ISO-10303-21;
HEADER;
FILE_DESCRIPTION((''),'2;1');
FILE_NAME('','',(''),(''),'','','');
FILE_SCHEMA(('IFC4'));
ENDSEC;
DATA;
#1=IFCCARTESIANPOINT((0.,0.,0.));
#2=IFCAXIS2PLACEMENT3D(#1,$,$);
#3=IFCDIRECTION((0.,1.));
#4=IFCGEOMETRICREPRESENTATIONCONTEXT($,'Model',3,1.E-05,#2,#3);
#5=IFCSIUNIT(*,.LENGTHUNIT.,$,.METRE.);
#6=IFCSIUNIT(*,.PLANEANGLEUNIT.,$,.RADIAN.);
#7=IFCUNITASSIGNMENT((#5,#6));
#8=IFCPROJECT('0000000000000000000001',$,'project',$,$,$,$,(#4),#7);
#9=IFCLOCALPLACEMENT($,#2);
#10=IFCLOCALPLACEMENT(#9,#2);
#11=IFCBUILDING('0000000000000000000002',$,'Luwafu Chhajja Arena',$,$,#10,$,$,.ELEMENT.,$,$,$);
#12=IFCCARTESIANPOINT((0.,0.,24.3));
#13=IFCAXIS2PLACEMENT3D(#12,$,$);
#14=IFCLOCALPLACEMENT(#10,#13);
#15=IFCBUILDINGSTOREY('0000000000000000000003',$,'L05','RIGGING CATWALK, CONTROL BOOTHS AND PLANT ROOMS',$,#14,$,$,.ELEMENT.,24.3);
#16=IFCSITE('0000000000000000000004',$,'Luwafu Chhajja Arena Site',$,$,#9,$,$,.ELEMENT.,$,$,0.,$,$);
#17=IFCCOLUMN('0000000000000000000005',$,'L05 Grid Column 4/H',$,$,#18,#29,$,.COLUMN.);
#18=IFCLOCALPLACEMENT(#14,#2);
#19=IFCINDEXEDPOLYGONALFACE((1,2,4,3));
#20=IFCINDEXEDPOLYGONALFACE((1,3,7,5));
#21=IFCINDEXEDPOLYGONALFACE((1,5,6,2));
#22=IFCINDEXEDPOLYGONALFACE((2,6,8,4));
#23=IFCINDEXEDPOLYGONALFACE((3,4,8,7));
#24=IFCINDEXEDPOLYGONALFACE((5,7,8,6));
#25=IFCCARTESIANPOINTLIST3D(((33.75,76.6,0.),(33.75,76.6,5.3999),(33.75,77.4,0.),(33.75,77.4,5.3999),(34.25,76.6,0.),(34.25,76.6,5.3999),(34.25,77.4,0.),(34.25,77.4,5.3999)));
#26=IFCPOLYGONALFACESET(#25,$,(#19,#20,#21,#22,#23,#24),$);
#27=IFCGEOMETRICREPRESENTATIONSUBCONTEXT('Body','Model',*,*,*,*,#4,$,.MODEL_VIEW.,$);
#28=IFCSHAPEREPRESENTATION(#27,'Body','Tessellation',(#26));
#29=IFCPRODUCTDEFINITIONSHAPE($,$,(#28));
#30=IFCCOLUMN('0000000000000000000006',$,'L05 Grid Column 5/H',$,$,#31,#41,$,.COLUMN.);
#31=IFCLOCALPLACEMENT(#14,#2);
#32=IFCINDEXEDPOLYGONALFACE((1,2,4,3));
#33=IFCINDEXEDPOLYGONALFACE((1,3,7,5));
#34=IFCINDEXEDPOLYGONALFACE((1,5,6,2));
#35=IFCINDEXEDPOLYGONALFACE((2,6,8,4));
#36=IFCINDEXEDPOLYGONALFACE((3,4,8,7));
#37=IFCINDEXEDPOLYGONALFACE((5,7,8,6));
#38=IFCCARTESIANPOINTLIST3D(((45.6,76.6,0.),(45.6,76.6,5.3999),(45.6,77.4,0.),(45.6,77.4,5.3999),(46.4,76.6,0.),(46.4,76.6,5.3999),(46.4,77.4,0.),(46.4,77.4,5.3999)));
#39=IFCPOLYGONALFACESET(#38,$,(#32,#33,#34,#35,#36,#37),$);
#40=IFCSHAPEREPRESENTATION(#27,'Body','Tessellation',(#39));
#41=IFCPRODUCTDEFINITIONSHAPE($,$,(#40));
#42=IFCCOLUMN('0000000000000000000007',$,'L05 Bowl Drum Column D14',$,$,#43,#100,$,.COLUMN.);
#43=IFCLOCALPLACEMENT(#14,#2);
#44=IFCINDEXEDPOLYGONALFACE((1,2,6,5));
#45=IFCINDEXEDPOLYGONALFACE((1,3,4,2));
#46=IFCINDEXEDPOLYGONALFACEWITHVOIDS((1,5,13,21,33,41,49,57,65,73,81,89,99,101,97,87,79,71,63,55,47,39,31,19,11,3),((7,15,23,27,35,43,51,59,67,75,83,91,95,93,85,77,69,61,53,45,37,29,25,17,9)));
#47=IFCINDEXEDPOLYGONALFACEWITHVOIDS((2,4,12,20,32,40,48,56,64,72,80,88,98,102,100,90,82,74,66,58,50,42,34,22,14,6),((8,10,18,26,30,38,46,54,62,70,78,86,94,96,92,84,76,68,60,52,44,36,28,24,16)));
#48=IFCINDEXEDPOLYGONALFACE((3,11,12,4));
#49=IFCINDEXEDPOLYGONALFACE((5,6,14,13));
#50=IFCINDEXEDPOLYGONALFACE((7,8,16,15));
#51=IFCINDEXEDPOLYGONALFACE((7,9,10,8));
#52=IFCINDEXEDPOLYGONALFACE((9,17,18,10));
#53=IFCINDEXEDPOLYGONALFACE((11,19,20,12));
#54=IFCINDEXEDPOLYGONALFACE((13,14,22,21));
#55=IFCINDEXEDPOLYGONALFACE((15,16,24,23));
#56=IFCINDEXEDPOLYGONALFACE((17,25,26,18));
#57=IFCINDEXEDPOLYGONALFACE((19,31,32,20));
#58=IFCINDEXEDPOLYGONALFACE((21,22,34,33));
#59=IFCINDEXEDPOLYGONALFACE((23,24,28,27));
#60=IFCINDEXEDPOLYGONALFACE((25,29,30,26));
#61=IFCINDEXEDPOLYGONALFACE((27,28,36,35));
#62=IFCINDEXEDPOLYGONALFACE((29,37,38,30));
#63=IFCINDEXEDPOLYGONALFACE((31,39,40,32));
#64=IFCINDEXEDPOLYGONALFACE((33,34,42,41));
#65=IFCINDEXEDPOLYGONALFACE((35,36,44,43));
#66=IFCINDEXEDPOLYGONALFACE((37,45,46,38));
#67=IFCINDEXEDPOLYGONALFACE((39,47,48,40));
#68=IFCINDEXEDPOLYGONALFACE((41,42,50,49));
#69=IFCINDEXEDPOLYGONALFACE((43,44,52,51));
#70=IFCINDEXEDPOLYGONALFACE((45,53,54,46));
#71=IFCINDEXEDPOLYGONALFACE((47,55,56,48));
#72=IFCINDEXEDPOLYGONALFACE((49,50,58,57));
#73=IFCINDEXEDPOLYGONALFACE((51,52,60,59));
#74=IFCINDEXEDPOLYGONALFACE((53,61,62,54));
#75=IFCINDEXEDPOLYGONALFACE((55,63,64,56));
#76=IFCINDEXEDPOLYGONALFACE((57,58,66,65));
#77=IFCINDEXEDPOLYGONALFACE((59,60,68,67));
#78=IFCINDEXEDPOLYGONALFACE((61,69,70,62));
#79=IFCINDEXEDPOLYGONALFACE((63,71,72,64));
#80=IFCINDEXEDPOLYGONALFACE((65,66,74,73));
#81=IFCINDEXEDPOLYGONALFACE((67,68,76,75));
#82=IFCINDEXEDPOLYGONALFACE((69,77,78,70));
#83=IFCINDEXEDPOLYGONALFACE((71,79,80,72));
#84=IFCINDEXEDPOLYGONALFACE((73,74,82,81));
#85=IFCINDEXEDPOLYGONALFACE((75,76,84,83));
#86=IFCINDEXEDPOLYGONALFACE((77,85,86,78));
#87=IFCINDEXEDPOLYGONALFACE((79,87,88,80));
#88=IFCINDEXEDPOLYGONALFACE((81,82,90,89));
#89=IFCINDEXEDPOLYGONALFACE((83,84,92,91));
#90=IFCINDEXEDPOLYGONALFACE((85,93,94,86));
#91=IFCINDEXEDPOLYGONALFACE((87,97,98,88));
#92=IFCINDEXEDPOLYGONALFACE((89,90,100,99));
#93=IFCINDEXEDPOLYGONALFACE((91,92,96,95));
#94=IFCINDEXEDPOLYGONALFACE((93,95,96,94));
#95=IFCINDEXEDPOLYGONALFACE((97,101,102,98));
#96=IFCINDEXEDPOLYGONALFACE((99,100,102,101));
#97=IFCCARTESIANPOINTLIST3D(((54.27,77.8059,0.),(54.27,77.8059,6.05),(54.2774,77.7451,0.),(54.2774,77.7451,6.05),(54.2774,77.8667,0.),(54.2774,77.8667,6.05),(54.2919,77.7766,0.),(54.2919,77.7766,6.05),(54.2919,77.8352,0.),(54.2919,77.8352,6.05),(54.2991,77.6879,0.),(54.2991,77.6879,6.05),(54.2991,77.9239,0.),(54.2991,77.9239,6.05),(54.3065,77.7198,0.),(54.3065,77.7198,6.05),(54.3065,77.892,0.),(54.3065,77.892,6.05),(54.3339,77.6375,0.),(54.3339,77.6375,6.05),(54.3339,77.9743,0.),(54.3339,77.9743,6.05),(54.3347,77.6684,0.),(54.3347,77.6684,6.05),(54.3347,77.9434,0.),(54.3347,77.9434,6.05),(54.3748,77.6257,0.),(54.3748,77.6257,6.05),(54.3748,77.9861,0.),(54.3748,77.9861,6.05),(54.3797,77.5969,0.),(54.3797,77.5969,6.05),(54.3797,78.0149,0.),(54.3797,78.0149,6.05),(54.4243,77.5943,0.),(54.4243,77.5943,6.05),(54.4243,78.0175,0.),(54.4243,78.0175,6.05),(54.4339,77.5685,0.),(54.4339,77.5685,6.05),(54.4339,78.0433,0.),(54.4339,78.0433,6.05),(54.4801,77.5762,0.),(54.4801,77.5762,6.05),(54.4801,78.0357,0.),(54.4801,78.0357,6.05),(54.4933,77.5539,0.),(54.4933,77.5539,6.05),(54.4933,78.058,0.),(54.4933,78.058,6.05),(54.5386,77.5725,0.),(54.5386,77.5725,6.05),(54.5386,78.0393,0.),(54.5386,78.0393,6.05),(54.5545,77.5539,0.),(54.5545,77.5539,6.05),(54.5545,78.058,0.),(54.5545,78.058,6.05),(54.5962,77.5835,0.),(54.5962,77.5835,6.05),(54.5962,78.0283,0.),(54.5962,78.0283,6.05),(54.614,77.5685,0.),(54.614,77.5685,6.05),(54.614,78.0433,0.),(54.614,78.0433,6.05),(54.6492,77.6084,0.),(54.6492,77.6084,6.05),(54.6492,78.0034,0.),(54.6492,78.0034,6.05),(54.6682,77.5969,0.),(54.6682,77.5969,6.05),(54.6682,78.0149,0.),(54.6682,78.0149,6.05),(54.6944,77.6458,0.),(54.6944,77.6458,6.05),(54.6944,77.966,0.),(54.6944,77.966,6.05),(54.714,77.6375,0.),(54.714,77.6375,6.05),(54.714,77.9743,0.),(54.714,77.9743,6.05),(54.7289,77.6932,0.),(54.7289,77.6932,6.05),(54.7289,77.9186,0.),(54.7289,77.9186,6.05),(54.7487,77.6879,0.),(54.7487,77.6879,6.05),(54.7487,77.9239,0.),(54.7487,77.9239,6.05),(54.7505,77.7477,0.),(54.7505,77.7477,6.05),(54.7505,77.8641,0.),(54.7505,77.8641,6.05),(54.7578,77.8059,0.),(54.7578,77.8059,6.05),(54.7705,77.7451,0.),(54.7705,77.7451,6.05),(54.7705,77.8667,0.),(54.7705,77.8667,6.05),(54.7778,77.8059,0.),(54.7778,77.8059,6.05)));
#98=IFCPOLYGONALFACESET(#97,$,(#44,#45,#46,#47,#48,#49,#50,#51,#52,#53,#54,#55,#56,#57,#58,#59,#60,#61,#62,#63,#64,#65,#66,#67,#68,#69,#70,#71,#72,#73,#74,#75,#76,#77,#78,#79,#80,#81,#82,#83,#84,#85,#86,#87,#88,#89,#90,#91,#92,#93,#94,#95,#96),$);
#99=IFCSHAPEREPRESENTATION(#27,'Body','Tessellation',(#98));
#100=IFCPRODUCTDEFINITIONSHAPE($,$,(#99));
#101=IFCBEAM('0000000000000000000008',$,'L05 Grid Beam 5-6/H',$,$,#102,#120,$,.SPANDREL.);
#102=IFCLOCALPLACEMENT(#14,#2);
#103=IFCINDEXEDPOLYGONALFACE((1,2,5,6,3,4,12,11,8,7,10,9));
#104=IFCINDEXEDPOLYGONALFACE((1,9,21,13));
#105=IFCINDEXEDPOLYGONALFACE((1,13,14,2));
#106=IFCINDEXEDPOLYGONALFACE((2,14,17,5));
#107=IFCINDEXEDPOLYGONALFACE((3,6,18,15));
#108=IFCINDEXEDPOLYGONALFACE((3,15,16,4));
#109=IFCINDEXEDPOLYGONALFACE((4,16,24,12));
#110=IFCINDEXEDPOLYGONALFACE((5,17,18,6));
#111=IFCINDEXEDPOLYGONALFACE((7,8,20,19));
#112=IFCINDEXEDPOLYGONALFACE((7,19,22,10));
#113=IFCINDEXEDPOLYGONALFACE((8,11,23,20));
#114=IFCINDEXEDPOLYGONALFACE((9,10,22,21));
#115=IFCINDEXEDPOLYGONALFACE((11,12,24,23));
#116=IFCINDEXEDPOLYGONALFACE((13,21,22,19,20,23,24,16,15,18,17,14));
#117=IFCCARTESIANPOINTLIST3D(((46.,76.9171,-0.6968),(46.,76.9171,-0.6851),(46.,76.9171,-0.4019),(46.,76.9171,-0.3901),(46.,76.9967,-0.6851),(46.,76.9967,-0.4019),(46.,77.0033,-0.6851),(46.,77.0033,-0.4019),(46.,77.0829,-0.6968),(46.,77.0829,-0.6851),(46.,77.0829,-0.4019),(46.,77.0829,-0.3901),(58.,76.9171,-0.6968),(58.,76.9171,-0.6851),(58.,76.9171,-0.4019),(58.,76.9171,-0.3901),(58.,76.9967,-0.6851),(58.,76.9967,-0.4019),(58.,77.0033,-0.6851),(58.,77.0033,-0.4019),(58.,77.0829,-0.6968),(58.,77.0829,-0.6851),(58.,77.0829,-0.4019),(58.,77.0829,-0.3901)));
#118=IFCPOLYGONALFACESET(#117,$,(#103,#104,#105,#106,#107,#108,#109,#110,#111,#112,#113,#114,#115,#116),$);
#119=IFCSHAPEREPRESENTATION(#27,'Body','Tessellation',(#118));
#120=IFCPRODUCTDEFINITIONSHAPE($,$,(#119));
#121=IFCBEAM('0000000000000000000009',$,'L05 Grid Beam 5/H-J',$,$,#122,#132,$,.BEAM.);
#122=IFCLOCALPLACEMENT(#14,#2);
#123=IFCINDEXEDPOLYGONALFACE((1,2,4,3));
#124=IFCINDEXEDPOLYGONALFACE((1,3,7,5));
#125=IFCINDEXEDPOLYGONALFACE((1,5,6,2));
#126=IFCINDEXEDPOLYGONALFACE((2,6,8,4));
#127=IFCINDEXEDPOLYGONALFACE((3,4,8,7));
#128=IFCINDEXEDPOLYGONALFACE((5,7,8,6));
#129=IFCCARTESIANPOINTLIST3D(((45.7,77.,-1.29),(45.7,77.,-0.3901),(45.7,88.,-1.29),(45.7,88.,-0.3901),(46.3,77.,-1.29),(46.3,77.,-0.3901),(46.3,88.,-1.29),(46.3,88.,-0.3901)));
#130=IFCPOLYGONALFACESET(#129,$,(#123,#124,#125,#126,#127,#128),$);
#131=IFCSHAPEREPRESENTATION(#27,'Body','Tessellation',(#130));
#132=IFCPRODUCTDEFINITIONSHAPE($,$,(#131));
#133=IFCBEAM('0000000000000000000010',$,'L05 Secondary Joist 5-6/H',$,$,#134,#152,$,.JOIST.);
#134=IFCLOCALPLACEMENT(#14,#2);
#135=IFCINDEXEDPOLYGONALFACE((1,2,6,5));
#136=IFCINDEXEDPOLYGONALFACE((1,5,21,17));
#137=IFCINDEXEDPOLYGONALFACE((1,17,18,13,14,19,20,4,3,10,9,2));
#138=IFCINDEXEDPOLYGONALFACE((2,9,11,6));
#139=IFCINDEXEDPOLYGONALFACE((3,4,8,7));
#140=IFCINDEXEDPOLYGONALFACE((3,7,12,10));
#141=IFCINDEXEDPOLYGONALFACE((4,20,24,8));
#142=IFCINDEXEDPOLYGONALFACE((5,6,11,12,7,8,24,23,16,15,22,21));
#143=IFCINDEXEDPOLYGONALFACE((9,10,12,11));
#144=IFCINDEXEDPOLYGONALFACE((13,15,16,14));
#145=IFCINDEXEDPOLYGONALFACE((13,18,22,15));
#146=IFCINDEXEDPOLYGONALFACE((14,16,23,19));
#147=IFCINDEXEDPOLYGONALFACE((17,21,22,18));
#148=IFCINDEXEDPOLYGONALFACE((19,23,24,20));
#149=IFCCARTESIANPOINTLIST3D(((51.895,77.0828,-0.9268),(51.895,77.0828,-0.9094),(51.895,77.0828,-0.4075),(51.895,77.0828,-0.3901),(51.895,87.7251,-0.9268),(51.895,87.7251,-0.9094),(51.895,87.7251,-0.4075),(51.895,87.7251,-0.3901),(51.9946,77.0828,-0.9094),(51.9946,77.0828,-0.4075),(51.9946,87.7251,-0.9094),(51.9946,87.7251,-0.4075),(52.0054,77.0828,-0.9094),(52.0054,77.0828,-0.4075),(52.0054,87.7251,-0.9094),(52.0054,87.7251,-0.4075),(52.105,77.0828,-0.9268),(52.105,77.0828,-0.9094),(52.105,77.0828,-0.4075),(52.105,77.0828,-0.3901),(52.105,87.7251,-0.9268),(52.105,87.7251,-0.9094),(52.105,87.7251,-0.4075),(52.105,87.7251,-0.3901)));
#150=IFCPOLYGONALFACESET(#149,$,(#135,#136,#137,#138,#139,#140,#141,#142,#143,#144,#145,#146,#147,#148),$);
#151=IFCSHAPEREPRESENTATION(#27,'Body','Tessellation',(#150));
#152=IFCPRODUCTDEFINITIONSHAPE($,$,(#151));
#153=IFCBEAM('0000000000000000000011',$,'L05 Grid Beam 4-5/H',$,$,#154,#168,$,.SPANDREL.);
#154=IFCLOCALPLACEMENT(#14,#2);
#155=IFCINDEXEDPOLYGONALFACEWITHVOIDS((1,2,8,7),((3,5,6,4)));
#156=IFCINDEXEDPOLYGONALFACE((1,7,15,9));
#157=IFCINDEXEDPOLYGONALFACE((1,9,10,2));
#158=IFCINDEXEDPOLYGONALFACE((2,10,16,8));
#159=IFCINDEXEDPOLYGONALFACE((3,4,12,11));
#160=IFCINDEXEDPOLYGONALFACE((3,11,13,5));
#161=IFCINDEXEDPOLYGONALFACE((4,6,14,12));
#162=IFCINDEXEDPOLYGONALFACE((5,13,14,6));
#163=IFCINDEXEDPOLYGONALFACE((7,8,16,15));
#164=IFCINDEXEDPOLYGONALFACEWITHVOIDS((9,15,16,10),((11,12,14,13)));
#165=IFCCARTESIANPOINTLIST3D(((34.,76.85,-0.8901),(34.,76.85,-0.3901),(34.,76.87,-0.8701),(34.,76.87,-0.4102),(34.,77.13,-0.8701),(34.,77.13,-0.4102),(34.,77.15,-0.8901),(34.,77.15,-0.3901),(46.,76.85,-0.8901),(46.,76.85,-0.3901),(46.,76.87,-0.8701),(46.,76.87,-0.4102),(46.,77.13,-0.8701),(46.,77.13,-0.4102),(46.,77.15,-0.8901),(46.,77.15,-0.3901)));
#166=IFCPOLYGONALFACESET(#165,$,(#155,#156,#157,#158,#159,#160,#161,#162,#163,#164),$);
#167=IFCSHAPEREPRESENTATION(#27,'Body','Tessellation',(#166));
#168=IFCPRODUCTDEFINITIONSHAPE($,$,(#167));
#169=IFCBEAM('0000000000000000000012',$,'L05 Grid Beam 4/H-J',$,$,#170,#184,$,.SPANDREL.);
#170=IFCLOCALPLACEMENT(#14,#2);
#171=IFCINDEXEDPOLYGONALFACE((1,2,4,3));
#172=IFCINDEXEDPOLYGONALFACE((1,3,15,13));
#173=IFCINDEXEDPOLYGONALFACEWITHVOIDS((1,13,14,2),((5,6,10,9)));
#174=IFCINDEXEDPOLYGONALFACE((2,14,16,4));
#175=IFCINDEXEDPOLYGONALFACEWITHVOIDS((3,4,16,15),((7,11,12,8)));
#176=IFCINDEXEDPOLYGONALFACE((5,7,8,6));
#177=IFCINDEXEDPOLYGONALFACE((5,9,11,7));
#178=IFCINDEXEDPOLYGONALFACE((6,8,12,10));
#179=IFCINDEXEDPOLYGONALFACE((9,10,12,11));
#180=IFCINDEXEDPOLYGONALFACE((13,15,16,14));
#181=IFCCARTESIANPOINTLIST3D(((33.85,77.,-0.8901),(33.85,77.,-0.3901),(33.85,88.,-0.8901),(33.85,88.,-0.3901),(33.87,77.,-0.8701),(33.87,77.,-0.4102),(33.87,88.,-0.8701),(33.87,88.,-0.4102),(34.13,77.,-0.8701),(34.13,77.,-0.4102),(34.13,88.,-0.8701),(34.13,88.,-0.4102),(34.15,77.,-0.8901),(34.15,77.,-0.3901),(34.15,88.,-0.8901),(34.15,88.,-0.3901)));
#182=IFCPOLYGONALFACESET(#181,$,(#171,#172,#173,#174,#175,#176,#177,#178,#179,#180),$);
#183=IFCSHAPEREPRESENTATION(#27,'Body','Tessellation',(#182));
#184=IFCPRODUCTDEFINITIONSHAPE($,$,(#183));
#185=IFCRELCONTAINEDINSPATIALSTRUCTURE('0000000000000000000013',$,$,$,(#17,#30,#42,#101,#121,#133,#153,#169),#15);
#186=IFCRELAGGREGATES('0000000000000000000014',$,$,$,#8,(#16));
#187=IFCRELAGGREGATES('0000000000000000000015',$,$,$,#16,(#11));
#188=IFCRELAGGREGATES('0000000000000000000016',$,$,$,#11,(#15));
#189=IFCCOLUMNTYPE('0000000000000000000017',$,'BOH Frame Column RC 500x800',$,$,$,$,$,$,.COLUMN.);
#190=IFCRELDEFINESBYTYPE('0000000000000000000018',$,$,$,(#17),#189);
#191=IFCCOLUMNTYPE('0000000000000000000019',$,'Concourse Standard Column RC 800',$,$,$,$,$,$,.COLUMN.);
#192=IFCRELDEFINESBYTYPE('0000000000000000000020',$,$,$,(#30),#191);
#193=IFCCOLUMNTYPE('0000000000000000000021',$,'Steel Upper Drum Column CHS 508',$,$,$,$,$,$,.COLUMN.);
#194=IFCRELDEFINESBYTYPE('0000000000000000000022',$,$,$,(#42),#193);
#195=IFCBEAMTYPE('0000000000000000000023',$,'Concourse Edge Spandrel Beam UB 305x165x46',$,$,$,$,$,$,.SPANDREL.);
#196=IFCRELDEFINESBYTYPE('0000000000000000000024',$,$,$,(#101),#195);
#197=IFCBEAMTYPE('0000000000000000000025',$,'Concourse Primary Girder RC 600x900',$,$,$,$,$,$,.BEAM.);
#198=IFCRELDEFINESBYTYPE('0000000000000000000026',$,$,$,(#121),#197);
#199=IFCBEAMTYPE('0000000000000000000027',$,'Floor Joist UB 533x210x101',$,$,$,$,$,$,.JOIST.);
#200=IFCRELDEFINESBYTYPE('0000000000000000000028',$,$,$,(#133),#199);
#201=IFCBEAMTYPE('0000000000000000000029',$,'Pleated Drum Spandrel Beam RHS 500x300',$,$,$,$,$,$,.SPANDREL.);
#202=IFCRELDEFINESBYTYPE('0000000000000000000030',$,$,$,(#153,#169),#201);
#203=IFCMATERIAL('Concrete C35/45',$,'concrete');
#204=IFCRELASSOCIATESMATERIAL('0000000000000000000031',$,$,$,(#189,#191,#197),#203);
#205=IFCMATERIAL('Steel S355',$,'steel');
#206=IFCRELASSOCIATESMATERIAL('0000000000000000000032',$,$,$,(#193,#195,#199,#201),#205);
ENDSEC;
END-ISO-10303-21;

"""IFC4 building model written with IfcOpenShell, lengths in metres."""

from ifc_helpers import new_model, si_unit, direction, frame, origin, origin_2d, place, context, subcontext, project, spatial, rectangle, hollow_rectangle, hollow_circle, i_section, extrude, material, material_profile, profile_set, type_object, element, save


model = new_model("IFC4")

# Units and contexts
model_context = context("Model", 3, precision=1e-05, world=origin(), true_north=direction((0.0, 1.0)))
body_context = subcontext(model_context, "Body", "Model", "MODEL_VIEW")
ifc_project = project(units=[si_unit("LENGTHUNIT", "METRE"), si_unit("PLANEANGLEUNIT", "RADIAN")], contexts=[model_context])

# Site, building, storey
site_placement = place(None, origin())
site = spatial("IfcSite", under=ifc_project, at=site_placement, Name="Luwafu Chhajja Arena Site", CompositionType="ELEMENT", RefElevation=0.0)
building_placement = place(site_placement, origin())
building = spatial("IfcBuilding", under=site, at=building_placement, Name="Luwafu Chhajja Arena", CompositionType="ELEMENT")
storey_placement = place(building_placement, frame((0.0, 0.0, 24.3)))
storey = spatial("IfcBuildingStorey", under=building, at=storey_placement, Name="L05", Description="RIGGING CATWALK, CONTROL BOOTHS AND PLANT ROOMS", CompositionType="ELEMENT", Elevation=24.3)

# Columns
ifc_material_1 = material(Name="Concrete C35/45", Category="concrete")
ifc_material_profile_1 = material_profile(ifc_material_1, rectangle(XDim=0.5, YDim=0.8, at=origin_2d()), Name="RC 500x800")
ifc_profile_set_1 = profile_set([ifc_material_profile_1], Name="Concrete C35/45")
column_type_1 = type_object("IfcColumnType", Name="BOH Frame Column RC 500x800", PredefinedType="COLUMN", material=ifc_profile_set_1)
column_1_placement = place(storey_placement, frame((34.0, 77.0, 0.0), z_axis=(0.0, 0.0, 1.0), x_axis=(1.0, 0.0, 0.0)))
element("IfcColumn", 1, at=column_1_placement, inside=storey, type_object=column_type_1, Name="L05 Grid Column 4/H", PredefinedType="COLUMN", context=body_context, shape_type="SweptSolid", body=[
    extrude(rectangle(XDim=0.5, YDim=0.8, at=origin_2d()), origin(), (0.0, 0.0, 1.0), 5.3999),
])
ifc_material_profile_2 = material_profile(ifc_material_1, rectangle(XDim=0.8, YDim=0.8, at=origin_2d()), Name="RC 800x800")
ifc_profile_set_2 = profile_set([ifc_material_profile_2], Name="Concrete C35/45")
column_type_2 = type_object("IfcColumnType", Name="Concourse Standard Column RC 800", PredefinedType="COLUMN", material=ifc_profile_set_2)
column_2_placement = place(storey_placement, frame((46.0, 77.0, 0.0), z_axis=(0.0, 0.0, 1.0), x_axis=(1.0, 0.0, 0.0)))
element("IfcColumn", 2, at=column_2_placement, inside=storey, type_object=column_type_2, Name="L05 Grid Column 5/H", PredefinedType="COLUMN", context=body_context, shape_type="SweptSolid", body=[
    extrude(rectangle(XDim=0.8, YDim=0.8, at=origin_2d()), origin(), (0.0, 0.0, 1.0), 5.3999),
])
ifc_material_2 = material(Name="Steel S355", Category="steel")
ifc_material_profile_3 = material_profile(ifc_material_2, hollow_circle(Radius=0.2539, WallThickness=0.02, at=origin_2d()), Name="CHS 508x20")
ifc_profile_set_3 = profile_set([ifc_material_profile_3], Name="Steel S355")
column_type_3 = type_object("IfcColumnType", Name="Steel Upper Drum Column CHS 508", PredefinedType="COLUMN", material=ifc_profile_set_3)
column_3_placement = place(storey_placement, frame((54.5239, 77.8059, 0.0), z_axis=(0.0, 0.0, 1.0), x_axis=(1.0, 0.0, 0.0)))
element("IfcColumn", 3, at=column_3_placement, inside=storey, type_object=column_type_3, Name="L05 Bowl Drum Column D14", PredefinedType="COLUMN", context=body_context, shape_type="SweptSolid", body=[
    extrude(hollow_circle(Radius=0.2539, WallThickness=0.02, at=origin_2d()), origin(), (0.0, 0.0, 1.0), 6.05),
])

# Beams
ifc_material_profile_4 = material_profile(ifc_material_2, i_section(OverallWidth=0.1658, OverallDepth=0.3066, WebThickness=0.0066, FlangeThickness=0.0117, at=origin_2d()), Name="UB 305x165x46")
ifc_profile_set_4 = profile_set([ifc_material_profile_4], Name="Steel S355")
beam_type_1 = type_object("IfcBeamType", Name="Concourse Edge Spandrel Beam UB 305x165x46", PredefinedType="SPANDREL", material=ifc_profile_set_4)
beam_1_placement = place(storey_placement, frame((46.0, 77.0, -0.5435), z_axis=(1.0, 0.0, 0.0), x_axis=(0.0, 1.0, 0.0)))
element("IfcBeam", 4, at=beam_1_placement, inside=storey, type_object=beam_type_1, Name="L05 Grid Beam 5-6/H", PredefinedType="SPANDREL", context=body_context, shape_type="SweptSolid", body=[
    extrude(i_section(OverallWidth=0.1658, OverallDepth=0.3066, WebThickness=0.0066, FlangeThickness=0.0117, at=origin_2d()), origin(), (0.0, 0.0, 1.0), 12.0),
])
ifc_material_profile_5 = material_profile(ifc_material_1, rectangle(XDim=0.6001, YDim=0.8999, at=origin_2d()), Name="RC 600x900")
ifc_profile_set_5 = profile_set([ifc_material_profile_5], Name="Concrete C35/45")
beam_type_2 = type_object("IfcBeamType", Name="Concourse Primary Girder RC 600x900", PredefinedType="BEAM", material=ifc_profile_set_5)
beam_2_placement = place(storey_placement, frame((46.0, 77.0, -0.8401), z_axis=(0.0, 1.0, 0.0), x_axis=(-1.0, 0.0, 0.0)))
element("IfcBeam", 5, at=beam_2_placement, inside=storey, type_object=beam_type_2, Name="L05 Grid Beam 5/H-J", PredefinedType="BEAM", context=body_context, shape_type="SweptSolid", body=[
    extrude(rectangle(XDim=0.6001, YDim=0.8999, at=origin_2d()), origin(), (0.0, 0.0, 1.0), 11.0),
])
ifc_material_profile_6 = material_profile(ifc_material_2, i_section(OverallWidth=0.21, OverallDepth=0.5366, WebThickness=0.0107, FlangeThickness=0.0173, at=origin_2d()), Name="UB 533x210x101")
ifc_profile_set_6 = profile_set([ifc_material_profile_6], Name="Steel S355")
beam_type_3 = type_object("IfcBeamType", Name="Floor Joist UB 533x210x101", PredefinedType="JOIST", material=ifc_profile_set_6)
beam_3_placement = place(storey_placement, frame((52.0, 77.0828, -0.6584), z_axis=(0.0, 1.0, 0.0), x_axis=(-1.0, 0.0, 0.0)))
element("IfcBeam", 6, at=beam_3_placement, inside=storey, type_object=beam_type_3, Name="L05 Secondary Joist 5-6/H", PredefinedType="JOIST", context=body_context, shape_type="SweptSolid", body=[
    extrude(i_section(OverallWidth=0.21, OverallDepth=0.5366, WebThickness=0.0107, FlangeThickness=0.0173, at=origin_2d()), origin(), (0.0, 0.0, 1.0), 10.6423),
])
ifc_material_profile_7 = material_profile(ifc_material_2, hollow_rectangle(XDim=0.3, YDim=0.5, WallThickness=0.02, at=origin_2d()), Name="RHS 500x300x20")
ifc_profile_set_7 = profile_set([ifc_material_profile_7], Name="Steel S355")
beam_type_4 = type_object("IfcBeamType", Name="Pleated Drum Spandrel Beam RHS 500x300", PredefinedType="SPANDREL", material=ifc_profile_set_7)
beam_4_placement = place(storey_placement, frame((34.0, 77.0, -0.6401), z_axis=(1.0, 0.0, 0.0), x_axis=(0.0, 1.0, 0.0)))
element("IfcBeam", 7, at=beam_4_placement, inside=storey, type_object=beam_type_4, Name="L05 Grid Beam 4-5/H", PredefinedType="SPANDREL", context=body_context, shape_type="SweptSolid", body=[
    extrude(hollow_rectangle(XDim=0.3, YDim=0.5, WallThickness=0.02, at=origin_2d()), origin(), (0.0, 0.0, 1.0), 12.0),
])
beam_5_placement = place(storey_placement, frame((34.0, 77.0, -0.6401), z_axis=(0.0, 1.0, 0.0), x_axis=(-1.0, 0.0, 0.0)))
element("IfcBeam", 8, at=beam_5_placement, inside=storey, type_object=beam_type_4, Name="L05 Grid Beam 4/H-J", PredefinedType="SPANDREL", context=body_context, shape_type="SweptSolid", body=[
    extrude(hollow_rectangle(XDim=0.3, YDim=0.5, WallThickness=0.02, at=origin_2d()), origin(), (0.0, 0.0, 1.0), 11.0),
])

save(model, "model.ifc")
